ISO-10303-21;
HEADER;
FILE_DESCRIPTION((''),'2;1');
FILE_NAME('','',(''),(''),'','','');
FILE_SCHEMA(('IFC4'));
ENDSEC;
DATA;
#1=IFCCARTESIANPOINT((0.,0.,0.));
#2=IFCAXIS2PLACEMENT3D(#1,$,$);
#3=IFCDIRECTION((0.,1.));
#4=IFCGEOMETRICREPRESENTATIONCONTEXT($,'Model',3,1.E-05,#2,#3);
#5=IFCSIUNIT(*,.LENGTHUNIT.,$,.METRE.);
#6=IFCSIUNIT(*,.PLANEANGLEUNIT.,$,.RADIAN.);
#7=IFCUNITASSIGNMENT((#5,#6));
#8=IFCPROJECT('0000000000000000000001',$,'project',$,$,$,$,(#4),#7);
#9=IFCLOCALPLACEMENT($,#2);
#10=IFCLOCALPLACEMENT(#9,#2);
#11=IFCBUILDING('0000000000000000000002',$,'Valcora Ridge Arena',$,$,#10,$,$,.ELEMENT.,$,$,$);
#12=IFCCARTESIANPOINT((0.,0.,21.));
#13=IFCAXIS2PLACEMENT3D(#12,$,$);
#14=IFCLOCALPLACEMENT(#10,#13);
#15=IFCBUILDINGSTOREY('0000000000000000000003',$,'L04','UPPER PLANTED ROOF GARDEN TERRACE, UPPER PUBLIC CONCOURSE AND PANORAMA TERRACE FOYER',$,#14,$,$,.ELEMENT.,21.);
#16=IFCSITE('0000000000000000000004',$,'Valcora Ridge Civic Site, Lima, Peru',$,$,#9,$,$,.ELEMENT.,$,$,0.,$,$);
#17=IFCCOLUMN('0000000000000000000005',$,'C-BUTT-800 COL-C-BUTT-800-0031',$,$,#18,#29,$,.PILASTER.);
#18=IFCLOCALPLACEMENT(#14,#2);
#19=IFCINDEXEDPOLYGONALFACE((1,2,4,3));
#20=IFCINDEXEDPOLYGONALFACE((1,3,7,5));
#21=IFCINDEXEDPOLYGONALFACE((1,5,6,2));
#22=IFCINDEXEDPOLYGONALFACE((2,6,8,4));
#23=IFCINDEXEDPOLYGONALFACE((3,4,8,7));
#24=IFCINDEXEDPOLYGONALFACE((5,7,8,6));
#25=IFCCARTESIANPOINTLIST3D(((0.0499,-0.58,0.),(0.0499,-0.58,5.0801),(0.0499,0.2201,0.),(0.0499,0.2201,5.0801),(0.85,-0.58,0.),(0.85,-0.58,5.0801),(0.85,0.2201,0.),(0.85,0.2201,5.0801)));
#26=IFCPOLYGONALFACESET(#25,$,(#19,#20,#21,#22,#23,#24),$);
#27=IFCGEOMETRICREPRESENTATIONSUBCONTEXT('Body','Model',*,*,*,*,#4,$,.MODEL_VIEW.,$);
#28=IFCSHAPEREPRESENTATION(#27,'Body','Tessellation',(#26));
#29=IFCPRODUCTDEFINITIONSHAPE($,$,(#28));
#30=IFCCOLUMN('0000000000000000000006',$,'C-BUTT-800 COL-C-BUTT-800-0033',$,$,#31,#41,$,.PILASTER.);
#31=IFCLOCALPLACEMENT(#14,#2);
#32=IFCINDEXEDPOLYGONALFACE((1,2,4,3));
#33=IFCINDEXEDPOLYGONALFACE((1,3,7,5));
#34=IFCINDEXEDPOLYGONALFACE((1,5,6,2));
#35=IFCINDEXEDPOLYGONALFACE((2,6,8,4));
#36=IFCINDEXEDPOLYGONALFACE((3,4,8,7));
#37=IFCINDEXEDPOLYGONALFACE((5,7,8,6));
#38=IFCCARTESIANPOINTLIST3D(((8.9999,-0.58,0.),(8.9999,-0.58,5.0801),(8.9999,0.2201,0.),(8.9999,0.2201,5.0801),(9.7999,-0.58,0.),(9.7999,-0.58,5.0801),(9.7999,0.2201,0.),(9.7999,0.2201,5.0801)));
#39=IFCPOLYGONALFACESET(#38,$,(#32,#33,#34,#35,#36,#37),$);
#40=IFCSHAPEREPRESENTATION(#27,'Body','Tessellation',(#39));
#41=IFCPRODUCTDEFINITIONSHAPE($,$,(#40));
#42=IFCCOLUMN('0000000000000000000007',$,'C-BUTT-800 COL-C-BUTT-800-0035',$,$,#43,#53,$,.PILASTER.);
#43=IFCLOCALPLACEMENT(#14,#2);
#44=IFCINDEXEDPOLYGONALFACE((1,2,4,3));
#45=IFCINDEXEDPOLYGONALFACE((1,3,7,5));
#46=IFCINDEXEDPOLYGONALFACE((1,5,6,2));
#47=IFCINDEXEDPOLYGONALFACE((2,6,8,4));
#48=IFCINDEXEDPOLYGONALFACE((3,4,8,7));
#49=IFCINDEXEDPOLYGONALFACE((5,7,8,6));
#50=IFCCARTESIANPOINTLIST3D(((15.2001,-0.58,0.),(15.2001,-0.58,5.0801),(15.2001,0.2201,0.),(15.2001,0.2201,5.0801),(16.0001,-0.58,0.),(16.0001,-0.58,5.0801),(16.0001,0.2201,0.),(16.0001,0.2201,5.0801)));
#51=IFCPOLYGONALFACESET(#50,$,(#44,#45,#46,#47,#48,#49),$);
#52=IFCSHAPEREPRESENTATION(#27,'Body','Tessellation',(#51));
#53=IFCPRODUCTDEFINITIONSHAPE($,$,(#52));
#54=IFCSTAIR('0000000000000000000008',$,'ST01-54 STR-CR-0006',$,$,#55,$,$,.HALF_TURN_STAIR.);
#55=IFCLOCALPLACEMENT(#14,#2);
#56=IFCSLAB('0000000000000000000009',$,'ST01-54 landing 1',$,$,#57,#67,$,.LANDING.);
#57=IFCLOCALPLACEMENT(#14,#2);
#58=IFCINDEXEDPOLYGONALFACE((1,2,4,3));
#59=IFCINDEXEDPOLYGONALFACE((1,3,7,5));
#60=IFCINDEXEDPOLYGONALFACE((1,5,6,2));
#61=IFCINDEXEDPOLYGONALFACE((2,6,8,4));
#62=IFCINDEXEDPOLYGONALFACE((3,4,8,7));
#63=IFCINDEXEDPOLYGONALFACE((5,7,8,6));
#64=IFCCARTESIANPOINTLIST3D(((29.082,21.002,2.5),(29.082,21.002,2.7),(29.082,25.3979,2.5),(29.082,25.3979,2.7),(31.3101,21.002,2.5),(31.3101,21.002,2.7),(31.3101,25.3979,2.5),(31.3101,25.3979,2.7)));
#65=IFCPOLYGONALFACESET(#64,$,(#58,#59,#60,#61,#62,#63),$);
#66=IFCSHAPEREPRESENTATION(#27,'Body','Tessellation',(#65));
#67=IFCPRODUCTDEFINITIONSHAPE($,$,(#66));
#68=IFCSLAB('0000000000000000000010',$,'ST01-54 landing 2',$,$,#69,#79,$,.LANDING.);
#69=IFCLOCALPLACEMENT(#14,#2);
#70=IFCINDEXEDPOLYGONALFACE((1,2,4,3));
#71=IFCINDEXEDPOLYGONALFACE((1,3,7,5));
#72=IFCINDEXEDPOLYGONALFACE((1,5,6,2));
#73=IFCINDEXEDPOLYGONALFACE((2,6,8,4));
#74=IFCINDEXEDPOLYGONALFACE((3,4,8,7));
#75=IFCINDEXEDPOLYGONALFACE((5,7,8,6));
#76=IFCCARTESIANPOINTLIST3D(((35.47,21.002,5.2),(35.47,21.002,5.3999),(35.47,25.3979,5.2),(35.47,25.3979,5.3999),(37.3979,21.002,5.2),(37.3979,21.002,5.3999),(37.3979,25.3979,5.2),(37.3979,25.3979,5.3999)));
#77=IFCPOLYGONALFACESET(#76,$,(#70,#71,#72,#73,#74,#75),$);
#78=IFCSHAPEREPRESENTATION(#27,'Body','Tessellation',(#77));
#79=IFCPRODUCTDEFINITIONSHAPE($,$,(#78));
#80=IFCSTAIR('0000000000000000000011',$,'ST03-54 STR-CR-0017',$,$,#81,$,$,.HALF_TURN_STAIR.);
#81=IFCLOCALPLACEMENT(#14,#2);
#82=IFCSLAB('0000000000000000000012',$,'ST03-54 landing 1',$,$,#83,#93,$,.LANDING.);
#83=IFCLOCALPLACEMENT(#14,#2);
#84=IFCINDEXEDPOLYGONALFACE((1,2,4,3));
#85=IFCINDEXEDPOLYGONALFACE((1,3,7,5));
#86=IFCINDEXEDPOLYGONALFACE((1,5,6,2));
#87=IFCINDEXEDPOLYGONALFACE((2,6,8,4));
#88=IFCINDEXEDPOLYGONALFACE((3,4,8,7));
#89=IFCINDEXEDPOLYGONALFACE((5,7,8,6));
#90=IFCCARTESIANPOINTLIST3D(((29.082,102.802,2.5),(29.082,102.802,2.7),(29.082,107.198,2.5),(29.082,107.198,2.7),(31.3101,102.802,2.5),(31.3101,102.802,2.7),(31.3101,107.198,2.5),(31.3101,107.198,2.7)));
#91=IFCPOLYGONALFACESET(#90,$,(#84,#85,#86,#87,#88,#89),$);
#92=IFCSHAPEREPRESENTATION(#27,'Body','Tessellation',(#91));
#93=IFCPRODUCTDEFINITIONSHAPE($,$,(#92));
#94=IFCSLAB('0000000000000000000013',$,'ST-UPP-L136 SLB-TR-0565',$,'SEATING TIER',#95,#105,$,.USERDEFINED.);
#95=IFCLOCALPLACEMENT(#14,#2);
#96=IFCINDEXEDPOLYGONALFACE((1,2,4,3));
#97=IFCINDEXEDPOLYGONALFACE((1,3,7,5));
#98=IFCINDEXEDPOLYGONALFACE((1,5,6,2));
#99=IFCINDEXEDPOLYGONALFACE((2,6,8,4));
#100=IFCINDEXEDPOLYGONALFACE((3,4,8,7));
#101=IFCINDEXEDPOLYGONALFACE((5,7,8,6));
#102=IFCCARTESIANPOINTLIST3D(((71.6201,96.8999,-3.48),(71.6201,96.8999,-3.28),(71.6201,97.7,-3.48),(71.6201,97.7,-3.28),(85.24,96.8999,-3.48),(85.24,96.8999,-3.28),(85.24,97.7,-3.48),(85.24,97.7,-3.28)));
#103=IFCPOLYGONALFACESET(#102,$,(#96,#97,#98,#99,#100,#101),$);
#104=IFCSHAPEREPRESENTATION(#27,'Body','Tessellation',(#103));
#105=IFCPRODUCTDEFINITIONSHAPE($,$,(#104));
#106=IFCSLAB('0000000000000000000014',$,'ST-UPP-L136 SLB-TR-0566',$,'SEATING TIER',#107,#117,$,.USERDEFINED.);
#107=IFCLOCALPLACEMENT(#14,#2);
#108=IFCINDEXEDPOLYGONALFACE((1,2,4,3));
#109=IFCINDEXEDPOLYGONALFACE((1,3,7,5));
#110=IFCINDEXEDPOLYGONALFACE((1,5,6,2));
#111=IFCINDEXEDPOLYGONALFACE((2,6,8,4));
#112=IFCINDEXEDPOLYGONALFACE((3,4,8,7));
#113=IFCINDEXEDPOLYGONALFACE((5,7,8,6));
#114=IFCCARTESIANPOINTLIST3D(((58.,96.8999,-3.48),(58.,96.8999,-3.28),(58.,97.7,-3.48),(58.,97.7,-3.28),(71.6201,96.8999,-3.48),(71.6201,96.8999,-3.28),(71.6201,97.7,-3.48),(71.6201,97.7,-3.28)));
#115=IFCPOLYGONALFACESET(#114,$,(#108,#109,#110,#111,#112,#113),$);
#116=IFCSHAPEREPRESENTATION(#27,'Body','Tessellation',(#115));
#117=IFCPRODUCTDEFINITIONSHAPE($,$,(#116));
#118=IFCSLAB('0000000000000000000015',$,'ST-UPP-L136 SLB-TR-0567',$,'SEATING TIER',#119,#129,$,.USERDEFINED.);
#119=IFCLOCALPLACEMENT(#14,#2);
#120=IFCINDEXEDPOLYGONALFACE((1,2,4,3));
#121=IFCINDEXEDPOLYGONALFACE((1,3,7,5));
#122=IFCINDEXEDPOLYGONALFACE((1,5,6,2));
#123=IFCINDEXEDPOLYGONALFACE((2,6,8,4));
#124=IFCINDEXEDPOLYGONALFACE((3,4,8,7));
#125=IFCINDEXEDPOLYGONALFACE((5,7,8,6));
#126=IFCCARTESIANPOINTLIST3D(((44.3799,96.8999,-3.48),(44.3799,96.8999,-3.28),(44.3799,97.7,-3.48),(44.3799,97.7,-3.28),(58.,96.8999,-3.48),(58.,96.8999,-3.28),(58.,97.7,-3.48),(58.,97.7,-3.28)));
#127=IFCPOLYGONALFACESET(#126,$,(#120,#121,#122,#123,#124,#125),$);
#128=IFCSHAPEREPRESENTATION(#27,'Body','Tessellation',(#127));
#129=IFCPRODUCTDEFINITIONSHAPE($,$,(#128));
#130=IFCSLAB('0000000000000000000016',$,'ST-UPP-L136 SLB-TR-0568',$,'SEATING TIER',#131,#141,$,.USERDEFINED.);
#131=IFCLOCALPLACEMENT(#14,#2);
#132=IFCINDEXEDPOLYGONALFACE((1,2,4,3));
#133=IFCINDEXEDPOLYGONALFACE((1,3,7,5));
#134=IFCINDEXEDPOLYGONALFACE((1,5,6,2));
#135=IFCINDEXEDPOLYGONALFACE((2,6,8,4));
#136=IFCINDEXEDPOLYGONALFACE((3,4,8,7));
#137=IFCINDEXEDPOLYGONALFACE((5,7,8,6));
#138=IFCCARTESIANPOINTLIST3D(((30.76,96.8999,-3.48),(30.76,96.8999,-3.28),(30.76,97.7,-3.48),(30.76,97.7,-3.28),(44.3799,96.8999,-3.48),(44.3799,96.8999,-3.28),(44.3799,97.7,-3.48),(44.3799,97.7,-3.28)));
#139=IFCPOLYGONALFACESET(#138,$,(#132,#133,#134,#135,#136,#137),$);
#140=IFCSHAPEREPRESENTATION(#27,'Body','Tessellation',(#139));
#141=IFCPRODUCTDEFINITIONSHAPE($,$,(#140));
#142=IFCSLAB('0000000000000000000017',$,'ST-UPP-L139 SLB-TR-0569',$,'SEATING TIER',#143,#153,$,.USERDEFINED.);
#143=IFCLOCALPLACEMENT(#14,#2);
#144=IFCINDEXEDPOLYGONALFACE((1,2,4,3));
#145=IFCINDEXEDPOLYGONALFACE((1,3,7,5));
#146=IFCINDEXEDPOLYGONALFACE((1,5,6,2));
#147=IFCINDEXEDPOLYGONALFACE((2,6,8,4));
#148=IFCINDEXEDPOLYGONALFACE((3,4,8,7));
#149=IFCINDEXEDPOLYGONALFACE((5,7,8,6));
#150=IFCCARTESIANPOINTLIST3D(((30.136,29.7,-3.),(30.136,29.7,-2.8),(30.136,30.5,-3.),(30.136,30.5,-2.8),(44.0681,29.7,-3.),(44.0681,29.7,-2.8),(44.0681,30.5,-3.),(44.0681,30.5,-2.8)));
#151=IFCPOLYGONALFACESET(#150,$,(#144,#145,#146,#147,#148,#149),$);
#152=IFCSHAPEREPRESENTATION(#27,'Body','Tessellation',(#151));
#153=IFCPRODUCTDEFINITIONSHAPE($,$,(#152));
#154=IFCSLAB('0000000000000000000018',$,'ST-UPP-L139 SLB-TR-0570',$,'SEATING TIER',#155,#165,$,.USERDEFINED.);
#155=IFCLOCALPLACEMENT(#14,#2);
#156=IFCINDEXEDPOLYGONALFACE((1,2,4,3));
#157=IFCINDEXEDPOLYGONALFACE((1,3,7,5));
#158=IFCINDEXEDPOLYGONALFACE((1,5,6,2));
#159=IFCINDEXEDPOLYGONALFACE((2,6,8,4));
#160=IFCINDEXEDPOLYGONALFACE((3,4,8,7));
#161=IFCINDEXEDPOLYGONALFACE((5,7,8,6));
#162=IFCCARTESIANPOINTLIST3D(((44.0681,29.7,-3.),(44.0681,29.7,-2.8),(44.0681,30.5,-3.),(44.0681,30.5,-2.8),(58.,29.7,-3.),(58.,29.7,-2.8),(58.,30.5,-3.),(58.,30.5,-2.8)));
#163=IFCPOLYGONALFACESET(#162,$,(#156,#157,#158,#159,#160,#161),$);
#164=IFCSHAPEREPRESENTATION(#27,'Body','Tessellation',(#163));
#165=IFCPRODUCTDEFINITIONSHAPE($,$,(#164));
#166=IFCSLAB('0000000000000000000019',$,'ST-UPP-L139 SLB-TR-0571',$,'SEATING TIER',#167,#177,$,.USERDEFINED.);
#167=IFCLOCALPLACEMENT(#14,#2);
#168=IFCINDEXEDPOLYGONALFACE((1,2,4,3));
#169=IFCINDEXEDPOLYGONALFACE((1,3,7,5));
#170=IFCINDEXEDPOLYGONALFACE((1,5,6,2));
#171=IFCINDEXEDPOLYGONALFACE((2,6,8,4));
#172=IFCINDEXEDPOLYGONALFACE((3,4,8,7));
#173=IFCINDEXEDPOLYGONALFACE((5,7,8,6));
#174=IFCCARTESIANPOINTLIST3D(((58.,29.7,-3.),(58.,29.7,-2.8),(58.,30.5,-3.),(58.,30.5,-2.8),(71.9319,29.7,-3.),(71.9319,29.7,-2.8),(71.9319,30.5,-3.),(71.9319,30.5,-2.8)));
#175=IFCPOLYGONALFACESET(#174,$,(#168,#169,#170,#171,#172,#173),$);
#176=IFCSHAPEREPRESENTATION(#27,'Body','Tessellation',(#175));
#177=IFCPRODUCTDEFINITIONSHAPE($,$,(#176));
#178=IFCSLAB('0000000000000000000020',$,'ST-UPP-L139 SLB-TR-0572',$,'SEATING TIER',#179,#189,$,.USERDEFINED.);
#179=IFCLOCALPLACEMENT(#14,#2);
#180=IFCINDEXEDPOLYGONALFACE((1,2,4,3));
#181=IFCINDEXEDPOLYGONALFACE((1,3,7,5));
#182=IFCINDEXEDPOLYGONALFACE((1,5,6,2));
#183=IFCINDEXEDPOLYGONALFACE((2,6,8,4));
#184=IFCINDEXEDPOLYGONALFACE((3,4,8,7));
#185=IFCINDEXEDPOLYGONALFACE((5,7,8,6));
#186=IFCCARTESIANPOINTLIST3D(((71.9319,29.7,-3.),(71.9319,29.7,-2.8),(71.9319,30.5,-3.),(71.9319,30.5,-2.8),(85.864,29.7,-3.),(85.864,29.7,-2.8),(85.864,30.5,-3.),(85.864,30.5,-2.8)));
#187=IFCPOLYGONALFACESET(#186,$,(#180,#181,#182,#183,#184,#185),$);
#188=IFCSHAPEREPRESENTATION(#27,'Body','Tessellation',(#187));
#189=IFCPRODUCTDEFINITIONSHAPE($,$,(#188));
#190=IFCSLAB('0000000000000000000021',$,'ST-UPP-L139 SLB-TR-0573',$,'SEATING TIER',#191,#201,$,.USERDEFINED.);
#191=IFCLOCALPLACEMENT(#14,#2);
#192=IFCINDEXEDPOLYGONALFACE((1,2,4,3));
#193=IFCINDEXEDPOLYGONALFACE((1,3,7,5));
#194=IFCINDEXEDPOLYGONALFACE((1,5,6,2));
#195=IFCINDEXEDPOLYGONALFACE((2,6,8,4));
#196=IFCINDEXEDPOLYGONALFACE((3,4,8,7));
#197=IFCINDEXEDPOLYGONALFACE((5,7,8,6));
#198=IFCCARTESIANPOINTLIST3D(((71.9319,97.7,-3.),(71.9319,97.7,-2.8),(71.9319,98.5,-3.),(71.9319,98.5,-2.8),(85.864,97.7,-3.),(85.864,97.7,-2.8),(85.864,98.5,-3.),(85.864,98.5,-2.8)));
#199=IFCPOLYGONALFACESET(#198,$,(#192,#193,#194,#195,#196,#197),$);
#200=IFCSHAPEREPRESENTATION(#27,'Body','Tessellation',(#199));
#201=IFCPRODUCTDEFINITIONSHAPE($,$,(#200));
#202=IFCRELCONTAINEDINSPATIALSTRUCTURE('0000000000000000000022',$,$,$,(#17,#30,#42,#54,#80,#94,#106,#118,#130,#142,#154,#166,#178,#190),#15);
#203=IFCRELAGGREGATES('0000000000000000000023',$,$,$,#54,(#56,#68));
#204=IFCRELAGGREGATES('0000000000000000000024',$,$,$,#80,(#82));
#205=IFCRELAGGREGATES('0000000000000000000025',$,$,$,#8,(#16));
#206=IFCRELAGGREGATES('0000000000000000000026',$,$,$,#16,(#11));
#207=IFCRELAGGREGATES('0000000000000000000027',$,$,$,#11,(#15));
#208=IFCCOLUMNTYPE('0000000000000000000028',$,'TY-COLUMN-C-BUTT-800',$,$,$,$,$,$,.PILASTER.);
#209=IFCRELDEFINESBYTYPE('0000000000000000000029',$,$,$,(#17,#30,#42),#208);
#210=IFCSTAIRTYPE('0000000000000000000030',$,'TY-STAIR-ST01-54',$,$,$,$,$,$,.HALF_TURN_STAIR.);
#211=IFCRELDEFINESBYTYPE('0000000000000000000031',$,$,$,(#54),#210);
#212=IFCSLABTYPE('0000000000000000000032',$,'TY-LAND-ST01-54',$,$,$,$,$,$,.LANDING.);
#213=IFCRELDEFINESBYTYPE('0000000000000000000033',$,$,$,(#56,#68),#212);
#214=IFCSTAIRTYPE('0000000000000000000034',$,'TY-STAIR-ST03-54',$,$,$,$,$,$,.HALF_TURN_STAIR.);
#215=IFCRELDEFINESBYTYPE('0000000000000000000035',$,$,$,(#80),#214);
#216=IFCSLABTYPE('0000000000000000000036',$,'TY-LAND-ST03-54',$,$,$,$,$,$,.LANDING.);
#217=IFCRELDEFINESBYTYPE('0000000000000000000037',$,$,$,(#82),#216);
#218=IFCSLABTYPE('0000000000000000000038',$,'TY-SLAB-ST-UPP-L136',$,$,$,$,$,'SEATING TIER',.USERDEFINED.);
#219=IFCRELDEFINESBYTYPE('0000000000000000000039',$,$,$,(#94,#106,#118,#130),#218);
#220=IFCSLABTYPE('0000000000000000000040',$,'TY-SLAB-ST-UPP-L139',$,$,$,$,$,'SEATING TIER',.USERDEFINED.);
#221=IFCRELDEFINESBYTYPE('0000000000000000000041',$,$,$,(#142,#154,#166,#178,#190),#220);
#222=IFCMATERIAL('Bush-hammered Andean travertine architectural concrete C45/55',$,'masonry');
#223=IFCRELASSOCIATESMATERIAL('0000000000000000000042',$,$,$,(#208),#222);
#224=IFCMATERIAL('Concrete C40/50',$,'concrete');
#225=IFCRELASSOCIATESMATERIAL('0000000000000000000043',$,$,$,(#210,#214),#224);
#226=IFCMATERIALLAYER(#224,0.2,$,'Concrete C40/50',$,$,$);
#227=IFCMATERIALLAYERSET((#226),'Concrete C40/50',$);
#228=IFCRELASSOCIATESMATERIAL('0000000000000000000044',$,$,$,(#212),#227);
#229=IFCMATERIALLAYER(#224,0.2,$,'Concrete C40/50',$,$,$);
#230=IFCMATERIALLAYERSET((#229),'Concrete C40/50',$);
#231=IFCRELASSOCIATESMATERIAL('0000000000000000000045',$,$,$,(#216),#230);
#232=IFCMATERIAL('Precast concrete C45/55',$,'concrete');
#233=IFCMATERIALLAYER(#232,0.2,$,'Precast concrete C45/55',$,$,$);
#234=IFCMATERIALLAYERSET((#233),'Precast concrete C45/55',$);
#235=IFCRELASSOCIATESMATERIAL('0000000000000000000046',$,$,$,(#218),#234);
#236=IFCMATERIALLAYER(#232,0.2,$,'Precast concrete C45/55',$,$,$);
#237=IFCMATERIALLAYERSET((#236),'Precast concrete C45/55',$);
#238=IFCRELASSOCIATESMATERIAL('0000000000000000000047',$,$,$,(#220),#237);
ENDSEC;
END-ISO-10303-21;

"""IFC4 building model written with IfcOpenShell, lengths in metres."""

from ifc_helpers import new_model, si_unit, direction, frame, origin, origin_2d, place, context, subcontext, project, spatial, polyline, rectangle, outline, extrude, material, layer, layer_set, material_profile, profile_set, type_object, element, aggregate, save


model = new_model("IFC4")

# Units and contexts
model_context = context("Model", 3, precision=1e-05, world=origin(), true_north=direction((0.0, 1.0)))
body_context = subcontext(model_context, "Body", "Model", "MODEL_VIEW")
ifc_project = project(units=[si_unit("LENGTHUNIT", "METRE"), si_unit("PLANEANGLEUNIT", "RADIAN")], contexts=[model_context])

# Site, building, storey
site_placement = place(None, origin())
site = spatial("IfcSite", under=ifc_project, at=site_placement, Name="Valcora Ridge Civic Site, Lima, Peru", CompositionType="ELEMENT", RefElevation=0.0)
building_placement = place(site_placement, origin())
building = spatial("IfcBuilding", under=site, at=building_placement, Name="Valcora Ridge Arena", CompositionType="ELEMENT")
storey_placement = place(building_placement, frame((0.0, 0.0, 21.0)))
storey = spatial("IfcBuildingStorey", under=building, at=storey_placement, Name="L04", Description="UPPER PLANTED ROOF GARDEN TERRACE, UPPER PUBLIC CONCOURSE AND PANORAMA TERRACE FOYER", CompositionType="ELEMENT", Elevation=21.0)

# Columns
ifc_material_1 = material(Name="Bush-hammered Andean travertine architectural concrete C45/55", Category="masonry")
ifc_material_profile = material_profile(ifc_material_1, rectangle(XDim=0.8, YDim=0.8, at=origin_2d()), Name="RC 800x800")
ifc_profile_set = profile_set([ifc_material_profile], Name="Bush-hammered Andean travertine architectural concrete C45/55")
column_type = type_object("IfcColumnType", Name="TY-COLUMN-C-BUTT-800", PredefinedType="PILASTER", material=ifc_profile_set)
for number, where, z_axis, x_axis, name in (
    (1, (0.45, -0.1799, 0.0), (0.0, 0.0, 1.0), (1.0, 0.0, 0.0), "C-BUTT-800 COL-C-BUTT-800-0031"),
    (2, (9.3999, -0.1799, 0.0), (0.0, 0.0, 1.0), (1.0, 0.0, 0.0), "C-BUTT-800 COL-C-BUTT-800-0033"),
    (3, (15.6001, -0.1799, 0.0), (0.0, 0.0, 1.0), (1.0, 0.0, 0.0), "C-BUTT-800 COL-C-BUTT-800-0035"),
):
    element("IfcColumn", number, at=place(storey_placement, frame(where, z_axis=z_axis, x_axis=x_axis)), inside=storey, type_object=column_type, Name=name, PredefinedType="PILASTER", context=body_context, shape_type="SweptSolid", body=[
        extrude(rectangle(XDim=0.8, YDim=0.8, at=origin_2d()), origin(), (0.0, 0.0, 1.0), 5.0801),
    ])

# Stair, slabs
ifc_material_2 = material(Name="Concrete C40/50", Category="concrete")
stair_type_1 = type_object("IfcStairType", Name="TY-STAIR-ST01-54", PredefinedType="HALF_TURN_STAIR", material=ifc_material_2)
stair_1_placement = place(storey_placement, origin())
stair_1 = element("IfcStair", 4, at=stair_1_placement, inside=storey, type_object=stair_type_1, Name="ST01-54 STR-CR-0006", PredefinedType="HALF_TURN_STAIR")
ifc_layer_1 = layer(ifc_material_2, 0.2, Name="Concrete C40/50")
ifc_layer_set_1 = layer_set([ifc_layer_1], Name="Concrete C40/50")
slab_type_1 = type_object("IfcSlabType", Name="TY-LAND-ST01-54", PredefinedType="LANDING", material=ifc_layer_set_1)
slab_1_placement = place(storey_placement, frame((0.0, 0.0, 2.5)))
slab_1 = element("IfcSlab", 5, at=slab_1_placement, type_object=slab_type_1, Name="ST01-54 landing 1", PredefinedType="LANDING", context=body_context, shape_type="SweptSolid", body=[
    extrude(outline(polyline([(29.082, 21.002), (31.3101, 21.002), (31.3101, 25.3979), (29.082, 25.3979), (29.082, 21.002)])), origin(), (0.0, 0.0, 1.0), 0.2),
])
slab_2_placement = place(storey_placement, frame((0.0, 0.0, 5.2)))
slab_2 = element("IfcSlab", 6, at=slab_2_placement, type_object=slab_type_1, Name="ST01-54 landing 2", PredefinedType="LANDING", context=body_context, shape_type="SweptSolid", body=[
    extrude(outline(polyline([(35.47, 21.002), (37.3979, 21.002), (37.3979, 25.3979), (35.47, 25.3979), (35.47, 21.002)])), origin(), (0.0, 0.0, 1.0), 0.2),
])
aggregate(stair_1, [slab_1, slab_2])

# Stair, slab
stair_type_2 = type_object("IfcStairType", Name="TY-STAIR-ST03-54", PredefinedType="HALF_TURN_STAIR", material=ifc_material_2)
stair_2_placement = place(storey_placement, origin())
stair_2 = element("IfcStair", 7, at=stair_2_placement, inside=storey, type_object=stair_type_2, Name="ST03-54 STR-CR-0017", PredefinedType="HALF_TURN_STAIR")
ifc_layer_2 = layer(ifc_material_2, 0.2, Name="Concrete C40/50")
ifc_layer_set_2 = layer_set([ifc_layer_2], Name="Concrete C40/50")
slab_type_2 = type_object("IfcSlabType", Name="TY-LAND-ST03-54", PredefinedType="LANDING", material=ifc_layer_set_2)
slab_3_placement = place(storey_placement, frame((0.0, 0.0, 2.5)))
slab_3 = element("IfcSlab", 8, at=slab_3_placement, type_object=slab_type_2, Name="ST03-54 landing 1", PredefinedType="LANDING", context=body_context, shape_type="SweptSolid", body=[
    extrude(outline(polyline([(29.082, 102.802), (31.3101, 102.802), (31.3101, 107.198), (29.082, 107.198), (29.082, 102.802)])), origin(), (0.0, 0.0, 1.0), 0.2),
])
aggregate(stair_2, [slab_3])

# Slabs
ifc_material_3 = material(Name="Precast concrete C45/55", Category="concrete")
ifc_layer_3 = layer(ifc_material_3, 0.2, Name="Precast concrete C45/55")
ifc_layer_set_3 = layer_set([ifc_layer_3], Name="Precast concrete C45/55")
slab_type_3 = type_object("IfcSlabType", Name="TY-SLAB-ST-UPP-L136", ElementType="SEATING TIER", PredefinedType="USERDEFINED", material=ifc_layer_set_3)
slab_4_placement = place(storey_placement, frame((0.0, 0.0, -3.48)))
element("IfcSlab", 9, at=slab_4_placement, inside=storey, type_object=slab_type_3, Name="ST-UPP-L136 SLB-TR-0565", ObjectType="SEATING TIER", PredefinedType="USERDEFINED", context=body_context, shape_type="SweptSolid", body=[
    extrude(outline(polyline([(85.24, 96.8999), (71.6201, 96.8999), (71.6201, 97.7), (85.24, 97.7), (85.24, 96.8999)])), origin(), (0.0, 0.0, 1.0), 0.2),
])
slab_5_placement = place(storey_placement, frame((0.0, 0.0, -3.48)))
element("IfcSlab", 10, at=slab_5_placement, inside=storey, type_object=slab_type_3, Name="ST-UPP-L136 SLB-TR-0566", ObjectType="SEATING TIER", PredefinedType="USERDEFINED", context=body_context, shape_type="SweptSolid", body=[
    extrude(outline(polyline([(71.6201, 96.8999), (58.0, 96.8999), (58.0, 97.7), (71.6201, 97.7), (71.6201, 96.8999)])), origin(), (0.0, 0.0, 1.0), 0.2),
])
slab_6_placement = place(storey_placement, frame((0.0, 0.0, -3.48)))
element("IfcSlab", 11, at=slab_6_placement, inside=storey, type_object=slab_type_3, Name="ST-UPP-L136 SLB-TR-0567", ObjectType="SEATING TIER", PredefinedType="USERDEFINED", context=body_context, shape_type="SweptSolid", body=[
    extrude(outline(polyline([(58.0, 96.8999), (44.3799, 96.8999), (44.3799, 97.7), (58.0, 97.7), (58.0, 96.8999)])), origin(), (0.0, 0.0, 1.0), 0.2),
])
slab_7_placement = place(storey_placement, frame((0.0, 0.0, -3.48)))
element("IfcSlab", 12, at=slab_7_placement, inside=storey, type_object=slab_type_3, Name="ST-UPP-L136 SLB-TR-0568", ObjectType="SEATING TIER", PredefinedType="USERDEFINED", context=body_context, shape_type="SweptSolid", body=[
    extrude(outline(polyline([(44.3799, 96.8999), (30.76, 96.8999), (30.76, 97.7), (44.3799, 97.7), (44.3799, 96.8999)])), origin(), (0.0, 0.0, 1.0), 0.2),
])
ifc_layer_4 = layer(ifc_material_3, 0.2, Name="Precast concrete C45/55")
ifc_layer_set_4 = layer_set([ifc_layer_4], Name="Precast concrete C45/55")
slab_type_4 = type_object("IfcSlabType", Name="TY-SLAB-ST-UPP-L139", ElementType="SEATING TIER", PredefinedType="USERDEFINED", material=ifc_layer_set_4)
slab_8_placement = place(storey_placement, frame((0.0, 0.0, -3.0)))
element("IfcSlab", 13, at=slab_8_placement, inside=storey, type_object=slab_type_4, Name="ST-UPP-L139 SLB-TR-0569", ObjectType="SEATING TIER", PredefinedType="USERDEFINED", context=body_context, shape_type="SweptSolid", body=[
    extrude(outline(polyline([(30.136, 30.5), (44.0681, 30.5), (44.0681, 29.7), (30.136, 29.7), (30.136, 30.5)])), origin(), (0.0, 0.0, 1.0), 0.2),
])
slab_9_placement = place(storey_placement, frame((0.0, 0.0, -3.0)))
element("IfcSlab", 14, at=slab_9_placement, inside=storey, type_object=slab_type_4, Name="ST-UPP-L139 SLB-TR-0570", ObjectType="SEATING TIER", PredefinedType="USERDEFINED", context=body_context, shape_type="SweptSolid", body=[
    extrude(outline(polyline([(44.0681, 30.5), (58.0, 30.5), (58.0, 29.7), (44.0681, 29.7), (44.0681, 30.5)])), origin(), (0.0, 0.0, 1.0), 0.2),
])
slab_10_placement = place(storey_placement, frame((0.0, 0.0, -3.0)))
element("IfcSlab", 15, at=slab_10_placement, inside=storey, type_object=slab_type_4, Name="ST-UPP-L139 SLB-TR-0571", ObjectType="SEATING TIER", PredefinedType="USERDEFINED", context=body_context, shape_type="SweptSolid", body=[
    extrude(outline(polyline([(58.0, 30.5), (71.9319, 30.5), (71.9319, 29.7), (58.0, 29.7), (58.0, 30.5)])), origin(), (0.0, 0.0, 1.0), 0.2),
])
slab_11_placement = place(storey_placement, frame((0.0, 0.0, -3.0)))
element("IfcSlab", 16, at=slab_11_placement, inside=storey, type_object=slab_type_4, Name="ST-UPP-L139 SLB-TR-0572", ObjectType="SEATING TIER", PredefinedType="USERDEFINED", context=body_context, shape_type="SweptSolid", body=[
    extrude(outline(polyline([(71.9319, 30.5), (85.864, 30.5), (85.864, 29.7), (71.9319, 29.7), (71.9319, 30.5)])), origin(), (0.0, 0.0, 1.0), 0.2),
])
slab_12_placement = place(storey_placement, frame((0.0, 0.0, -3.0)))
element("IfcSlab", 17, at=slab_12_placement, inside=storey, type_object=slab_type_4, Name="ST-UPP-L139 SLB-TR-0573", ObjectType="SEATING TIER", PredefinedType="USERDEFINED", context=body_context, shape_type="SweptSolid", body=[
    extrude(outline(polyline([(85.864, 97.7), (71.9319, 97.7), (71.9319, 98.5), (85.864, 98.5), (85.864, 97.7)])), origin(), (0.0, 0.0, 1.0), 0.2),
])

save(model, "model.ifc")
